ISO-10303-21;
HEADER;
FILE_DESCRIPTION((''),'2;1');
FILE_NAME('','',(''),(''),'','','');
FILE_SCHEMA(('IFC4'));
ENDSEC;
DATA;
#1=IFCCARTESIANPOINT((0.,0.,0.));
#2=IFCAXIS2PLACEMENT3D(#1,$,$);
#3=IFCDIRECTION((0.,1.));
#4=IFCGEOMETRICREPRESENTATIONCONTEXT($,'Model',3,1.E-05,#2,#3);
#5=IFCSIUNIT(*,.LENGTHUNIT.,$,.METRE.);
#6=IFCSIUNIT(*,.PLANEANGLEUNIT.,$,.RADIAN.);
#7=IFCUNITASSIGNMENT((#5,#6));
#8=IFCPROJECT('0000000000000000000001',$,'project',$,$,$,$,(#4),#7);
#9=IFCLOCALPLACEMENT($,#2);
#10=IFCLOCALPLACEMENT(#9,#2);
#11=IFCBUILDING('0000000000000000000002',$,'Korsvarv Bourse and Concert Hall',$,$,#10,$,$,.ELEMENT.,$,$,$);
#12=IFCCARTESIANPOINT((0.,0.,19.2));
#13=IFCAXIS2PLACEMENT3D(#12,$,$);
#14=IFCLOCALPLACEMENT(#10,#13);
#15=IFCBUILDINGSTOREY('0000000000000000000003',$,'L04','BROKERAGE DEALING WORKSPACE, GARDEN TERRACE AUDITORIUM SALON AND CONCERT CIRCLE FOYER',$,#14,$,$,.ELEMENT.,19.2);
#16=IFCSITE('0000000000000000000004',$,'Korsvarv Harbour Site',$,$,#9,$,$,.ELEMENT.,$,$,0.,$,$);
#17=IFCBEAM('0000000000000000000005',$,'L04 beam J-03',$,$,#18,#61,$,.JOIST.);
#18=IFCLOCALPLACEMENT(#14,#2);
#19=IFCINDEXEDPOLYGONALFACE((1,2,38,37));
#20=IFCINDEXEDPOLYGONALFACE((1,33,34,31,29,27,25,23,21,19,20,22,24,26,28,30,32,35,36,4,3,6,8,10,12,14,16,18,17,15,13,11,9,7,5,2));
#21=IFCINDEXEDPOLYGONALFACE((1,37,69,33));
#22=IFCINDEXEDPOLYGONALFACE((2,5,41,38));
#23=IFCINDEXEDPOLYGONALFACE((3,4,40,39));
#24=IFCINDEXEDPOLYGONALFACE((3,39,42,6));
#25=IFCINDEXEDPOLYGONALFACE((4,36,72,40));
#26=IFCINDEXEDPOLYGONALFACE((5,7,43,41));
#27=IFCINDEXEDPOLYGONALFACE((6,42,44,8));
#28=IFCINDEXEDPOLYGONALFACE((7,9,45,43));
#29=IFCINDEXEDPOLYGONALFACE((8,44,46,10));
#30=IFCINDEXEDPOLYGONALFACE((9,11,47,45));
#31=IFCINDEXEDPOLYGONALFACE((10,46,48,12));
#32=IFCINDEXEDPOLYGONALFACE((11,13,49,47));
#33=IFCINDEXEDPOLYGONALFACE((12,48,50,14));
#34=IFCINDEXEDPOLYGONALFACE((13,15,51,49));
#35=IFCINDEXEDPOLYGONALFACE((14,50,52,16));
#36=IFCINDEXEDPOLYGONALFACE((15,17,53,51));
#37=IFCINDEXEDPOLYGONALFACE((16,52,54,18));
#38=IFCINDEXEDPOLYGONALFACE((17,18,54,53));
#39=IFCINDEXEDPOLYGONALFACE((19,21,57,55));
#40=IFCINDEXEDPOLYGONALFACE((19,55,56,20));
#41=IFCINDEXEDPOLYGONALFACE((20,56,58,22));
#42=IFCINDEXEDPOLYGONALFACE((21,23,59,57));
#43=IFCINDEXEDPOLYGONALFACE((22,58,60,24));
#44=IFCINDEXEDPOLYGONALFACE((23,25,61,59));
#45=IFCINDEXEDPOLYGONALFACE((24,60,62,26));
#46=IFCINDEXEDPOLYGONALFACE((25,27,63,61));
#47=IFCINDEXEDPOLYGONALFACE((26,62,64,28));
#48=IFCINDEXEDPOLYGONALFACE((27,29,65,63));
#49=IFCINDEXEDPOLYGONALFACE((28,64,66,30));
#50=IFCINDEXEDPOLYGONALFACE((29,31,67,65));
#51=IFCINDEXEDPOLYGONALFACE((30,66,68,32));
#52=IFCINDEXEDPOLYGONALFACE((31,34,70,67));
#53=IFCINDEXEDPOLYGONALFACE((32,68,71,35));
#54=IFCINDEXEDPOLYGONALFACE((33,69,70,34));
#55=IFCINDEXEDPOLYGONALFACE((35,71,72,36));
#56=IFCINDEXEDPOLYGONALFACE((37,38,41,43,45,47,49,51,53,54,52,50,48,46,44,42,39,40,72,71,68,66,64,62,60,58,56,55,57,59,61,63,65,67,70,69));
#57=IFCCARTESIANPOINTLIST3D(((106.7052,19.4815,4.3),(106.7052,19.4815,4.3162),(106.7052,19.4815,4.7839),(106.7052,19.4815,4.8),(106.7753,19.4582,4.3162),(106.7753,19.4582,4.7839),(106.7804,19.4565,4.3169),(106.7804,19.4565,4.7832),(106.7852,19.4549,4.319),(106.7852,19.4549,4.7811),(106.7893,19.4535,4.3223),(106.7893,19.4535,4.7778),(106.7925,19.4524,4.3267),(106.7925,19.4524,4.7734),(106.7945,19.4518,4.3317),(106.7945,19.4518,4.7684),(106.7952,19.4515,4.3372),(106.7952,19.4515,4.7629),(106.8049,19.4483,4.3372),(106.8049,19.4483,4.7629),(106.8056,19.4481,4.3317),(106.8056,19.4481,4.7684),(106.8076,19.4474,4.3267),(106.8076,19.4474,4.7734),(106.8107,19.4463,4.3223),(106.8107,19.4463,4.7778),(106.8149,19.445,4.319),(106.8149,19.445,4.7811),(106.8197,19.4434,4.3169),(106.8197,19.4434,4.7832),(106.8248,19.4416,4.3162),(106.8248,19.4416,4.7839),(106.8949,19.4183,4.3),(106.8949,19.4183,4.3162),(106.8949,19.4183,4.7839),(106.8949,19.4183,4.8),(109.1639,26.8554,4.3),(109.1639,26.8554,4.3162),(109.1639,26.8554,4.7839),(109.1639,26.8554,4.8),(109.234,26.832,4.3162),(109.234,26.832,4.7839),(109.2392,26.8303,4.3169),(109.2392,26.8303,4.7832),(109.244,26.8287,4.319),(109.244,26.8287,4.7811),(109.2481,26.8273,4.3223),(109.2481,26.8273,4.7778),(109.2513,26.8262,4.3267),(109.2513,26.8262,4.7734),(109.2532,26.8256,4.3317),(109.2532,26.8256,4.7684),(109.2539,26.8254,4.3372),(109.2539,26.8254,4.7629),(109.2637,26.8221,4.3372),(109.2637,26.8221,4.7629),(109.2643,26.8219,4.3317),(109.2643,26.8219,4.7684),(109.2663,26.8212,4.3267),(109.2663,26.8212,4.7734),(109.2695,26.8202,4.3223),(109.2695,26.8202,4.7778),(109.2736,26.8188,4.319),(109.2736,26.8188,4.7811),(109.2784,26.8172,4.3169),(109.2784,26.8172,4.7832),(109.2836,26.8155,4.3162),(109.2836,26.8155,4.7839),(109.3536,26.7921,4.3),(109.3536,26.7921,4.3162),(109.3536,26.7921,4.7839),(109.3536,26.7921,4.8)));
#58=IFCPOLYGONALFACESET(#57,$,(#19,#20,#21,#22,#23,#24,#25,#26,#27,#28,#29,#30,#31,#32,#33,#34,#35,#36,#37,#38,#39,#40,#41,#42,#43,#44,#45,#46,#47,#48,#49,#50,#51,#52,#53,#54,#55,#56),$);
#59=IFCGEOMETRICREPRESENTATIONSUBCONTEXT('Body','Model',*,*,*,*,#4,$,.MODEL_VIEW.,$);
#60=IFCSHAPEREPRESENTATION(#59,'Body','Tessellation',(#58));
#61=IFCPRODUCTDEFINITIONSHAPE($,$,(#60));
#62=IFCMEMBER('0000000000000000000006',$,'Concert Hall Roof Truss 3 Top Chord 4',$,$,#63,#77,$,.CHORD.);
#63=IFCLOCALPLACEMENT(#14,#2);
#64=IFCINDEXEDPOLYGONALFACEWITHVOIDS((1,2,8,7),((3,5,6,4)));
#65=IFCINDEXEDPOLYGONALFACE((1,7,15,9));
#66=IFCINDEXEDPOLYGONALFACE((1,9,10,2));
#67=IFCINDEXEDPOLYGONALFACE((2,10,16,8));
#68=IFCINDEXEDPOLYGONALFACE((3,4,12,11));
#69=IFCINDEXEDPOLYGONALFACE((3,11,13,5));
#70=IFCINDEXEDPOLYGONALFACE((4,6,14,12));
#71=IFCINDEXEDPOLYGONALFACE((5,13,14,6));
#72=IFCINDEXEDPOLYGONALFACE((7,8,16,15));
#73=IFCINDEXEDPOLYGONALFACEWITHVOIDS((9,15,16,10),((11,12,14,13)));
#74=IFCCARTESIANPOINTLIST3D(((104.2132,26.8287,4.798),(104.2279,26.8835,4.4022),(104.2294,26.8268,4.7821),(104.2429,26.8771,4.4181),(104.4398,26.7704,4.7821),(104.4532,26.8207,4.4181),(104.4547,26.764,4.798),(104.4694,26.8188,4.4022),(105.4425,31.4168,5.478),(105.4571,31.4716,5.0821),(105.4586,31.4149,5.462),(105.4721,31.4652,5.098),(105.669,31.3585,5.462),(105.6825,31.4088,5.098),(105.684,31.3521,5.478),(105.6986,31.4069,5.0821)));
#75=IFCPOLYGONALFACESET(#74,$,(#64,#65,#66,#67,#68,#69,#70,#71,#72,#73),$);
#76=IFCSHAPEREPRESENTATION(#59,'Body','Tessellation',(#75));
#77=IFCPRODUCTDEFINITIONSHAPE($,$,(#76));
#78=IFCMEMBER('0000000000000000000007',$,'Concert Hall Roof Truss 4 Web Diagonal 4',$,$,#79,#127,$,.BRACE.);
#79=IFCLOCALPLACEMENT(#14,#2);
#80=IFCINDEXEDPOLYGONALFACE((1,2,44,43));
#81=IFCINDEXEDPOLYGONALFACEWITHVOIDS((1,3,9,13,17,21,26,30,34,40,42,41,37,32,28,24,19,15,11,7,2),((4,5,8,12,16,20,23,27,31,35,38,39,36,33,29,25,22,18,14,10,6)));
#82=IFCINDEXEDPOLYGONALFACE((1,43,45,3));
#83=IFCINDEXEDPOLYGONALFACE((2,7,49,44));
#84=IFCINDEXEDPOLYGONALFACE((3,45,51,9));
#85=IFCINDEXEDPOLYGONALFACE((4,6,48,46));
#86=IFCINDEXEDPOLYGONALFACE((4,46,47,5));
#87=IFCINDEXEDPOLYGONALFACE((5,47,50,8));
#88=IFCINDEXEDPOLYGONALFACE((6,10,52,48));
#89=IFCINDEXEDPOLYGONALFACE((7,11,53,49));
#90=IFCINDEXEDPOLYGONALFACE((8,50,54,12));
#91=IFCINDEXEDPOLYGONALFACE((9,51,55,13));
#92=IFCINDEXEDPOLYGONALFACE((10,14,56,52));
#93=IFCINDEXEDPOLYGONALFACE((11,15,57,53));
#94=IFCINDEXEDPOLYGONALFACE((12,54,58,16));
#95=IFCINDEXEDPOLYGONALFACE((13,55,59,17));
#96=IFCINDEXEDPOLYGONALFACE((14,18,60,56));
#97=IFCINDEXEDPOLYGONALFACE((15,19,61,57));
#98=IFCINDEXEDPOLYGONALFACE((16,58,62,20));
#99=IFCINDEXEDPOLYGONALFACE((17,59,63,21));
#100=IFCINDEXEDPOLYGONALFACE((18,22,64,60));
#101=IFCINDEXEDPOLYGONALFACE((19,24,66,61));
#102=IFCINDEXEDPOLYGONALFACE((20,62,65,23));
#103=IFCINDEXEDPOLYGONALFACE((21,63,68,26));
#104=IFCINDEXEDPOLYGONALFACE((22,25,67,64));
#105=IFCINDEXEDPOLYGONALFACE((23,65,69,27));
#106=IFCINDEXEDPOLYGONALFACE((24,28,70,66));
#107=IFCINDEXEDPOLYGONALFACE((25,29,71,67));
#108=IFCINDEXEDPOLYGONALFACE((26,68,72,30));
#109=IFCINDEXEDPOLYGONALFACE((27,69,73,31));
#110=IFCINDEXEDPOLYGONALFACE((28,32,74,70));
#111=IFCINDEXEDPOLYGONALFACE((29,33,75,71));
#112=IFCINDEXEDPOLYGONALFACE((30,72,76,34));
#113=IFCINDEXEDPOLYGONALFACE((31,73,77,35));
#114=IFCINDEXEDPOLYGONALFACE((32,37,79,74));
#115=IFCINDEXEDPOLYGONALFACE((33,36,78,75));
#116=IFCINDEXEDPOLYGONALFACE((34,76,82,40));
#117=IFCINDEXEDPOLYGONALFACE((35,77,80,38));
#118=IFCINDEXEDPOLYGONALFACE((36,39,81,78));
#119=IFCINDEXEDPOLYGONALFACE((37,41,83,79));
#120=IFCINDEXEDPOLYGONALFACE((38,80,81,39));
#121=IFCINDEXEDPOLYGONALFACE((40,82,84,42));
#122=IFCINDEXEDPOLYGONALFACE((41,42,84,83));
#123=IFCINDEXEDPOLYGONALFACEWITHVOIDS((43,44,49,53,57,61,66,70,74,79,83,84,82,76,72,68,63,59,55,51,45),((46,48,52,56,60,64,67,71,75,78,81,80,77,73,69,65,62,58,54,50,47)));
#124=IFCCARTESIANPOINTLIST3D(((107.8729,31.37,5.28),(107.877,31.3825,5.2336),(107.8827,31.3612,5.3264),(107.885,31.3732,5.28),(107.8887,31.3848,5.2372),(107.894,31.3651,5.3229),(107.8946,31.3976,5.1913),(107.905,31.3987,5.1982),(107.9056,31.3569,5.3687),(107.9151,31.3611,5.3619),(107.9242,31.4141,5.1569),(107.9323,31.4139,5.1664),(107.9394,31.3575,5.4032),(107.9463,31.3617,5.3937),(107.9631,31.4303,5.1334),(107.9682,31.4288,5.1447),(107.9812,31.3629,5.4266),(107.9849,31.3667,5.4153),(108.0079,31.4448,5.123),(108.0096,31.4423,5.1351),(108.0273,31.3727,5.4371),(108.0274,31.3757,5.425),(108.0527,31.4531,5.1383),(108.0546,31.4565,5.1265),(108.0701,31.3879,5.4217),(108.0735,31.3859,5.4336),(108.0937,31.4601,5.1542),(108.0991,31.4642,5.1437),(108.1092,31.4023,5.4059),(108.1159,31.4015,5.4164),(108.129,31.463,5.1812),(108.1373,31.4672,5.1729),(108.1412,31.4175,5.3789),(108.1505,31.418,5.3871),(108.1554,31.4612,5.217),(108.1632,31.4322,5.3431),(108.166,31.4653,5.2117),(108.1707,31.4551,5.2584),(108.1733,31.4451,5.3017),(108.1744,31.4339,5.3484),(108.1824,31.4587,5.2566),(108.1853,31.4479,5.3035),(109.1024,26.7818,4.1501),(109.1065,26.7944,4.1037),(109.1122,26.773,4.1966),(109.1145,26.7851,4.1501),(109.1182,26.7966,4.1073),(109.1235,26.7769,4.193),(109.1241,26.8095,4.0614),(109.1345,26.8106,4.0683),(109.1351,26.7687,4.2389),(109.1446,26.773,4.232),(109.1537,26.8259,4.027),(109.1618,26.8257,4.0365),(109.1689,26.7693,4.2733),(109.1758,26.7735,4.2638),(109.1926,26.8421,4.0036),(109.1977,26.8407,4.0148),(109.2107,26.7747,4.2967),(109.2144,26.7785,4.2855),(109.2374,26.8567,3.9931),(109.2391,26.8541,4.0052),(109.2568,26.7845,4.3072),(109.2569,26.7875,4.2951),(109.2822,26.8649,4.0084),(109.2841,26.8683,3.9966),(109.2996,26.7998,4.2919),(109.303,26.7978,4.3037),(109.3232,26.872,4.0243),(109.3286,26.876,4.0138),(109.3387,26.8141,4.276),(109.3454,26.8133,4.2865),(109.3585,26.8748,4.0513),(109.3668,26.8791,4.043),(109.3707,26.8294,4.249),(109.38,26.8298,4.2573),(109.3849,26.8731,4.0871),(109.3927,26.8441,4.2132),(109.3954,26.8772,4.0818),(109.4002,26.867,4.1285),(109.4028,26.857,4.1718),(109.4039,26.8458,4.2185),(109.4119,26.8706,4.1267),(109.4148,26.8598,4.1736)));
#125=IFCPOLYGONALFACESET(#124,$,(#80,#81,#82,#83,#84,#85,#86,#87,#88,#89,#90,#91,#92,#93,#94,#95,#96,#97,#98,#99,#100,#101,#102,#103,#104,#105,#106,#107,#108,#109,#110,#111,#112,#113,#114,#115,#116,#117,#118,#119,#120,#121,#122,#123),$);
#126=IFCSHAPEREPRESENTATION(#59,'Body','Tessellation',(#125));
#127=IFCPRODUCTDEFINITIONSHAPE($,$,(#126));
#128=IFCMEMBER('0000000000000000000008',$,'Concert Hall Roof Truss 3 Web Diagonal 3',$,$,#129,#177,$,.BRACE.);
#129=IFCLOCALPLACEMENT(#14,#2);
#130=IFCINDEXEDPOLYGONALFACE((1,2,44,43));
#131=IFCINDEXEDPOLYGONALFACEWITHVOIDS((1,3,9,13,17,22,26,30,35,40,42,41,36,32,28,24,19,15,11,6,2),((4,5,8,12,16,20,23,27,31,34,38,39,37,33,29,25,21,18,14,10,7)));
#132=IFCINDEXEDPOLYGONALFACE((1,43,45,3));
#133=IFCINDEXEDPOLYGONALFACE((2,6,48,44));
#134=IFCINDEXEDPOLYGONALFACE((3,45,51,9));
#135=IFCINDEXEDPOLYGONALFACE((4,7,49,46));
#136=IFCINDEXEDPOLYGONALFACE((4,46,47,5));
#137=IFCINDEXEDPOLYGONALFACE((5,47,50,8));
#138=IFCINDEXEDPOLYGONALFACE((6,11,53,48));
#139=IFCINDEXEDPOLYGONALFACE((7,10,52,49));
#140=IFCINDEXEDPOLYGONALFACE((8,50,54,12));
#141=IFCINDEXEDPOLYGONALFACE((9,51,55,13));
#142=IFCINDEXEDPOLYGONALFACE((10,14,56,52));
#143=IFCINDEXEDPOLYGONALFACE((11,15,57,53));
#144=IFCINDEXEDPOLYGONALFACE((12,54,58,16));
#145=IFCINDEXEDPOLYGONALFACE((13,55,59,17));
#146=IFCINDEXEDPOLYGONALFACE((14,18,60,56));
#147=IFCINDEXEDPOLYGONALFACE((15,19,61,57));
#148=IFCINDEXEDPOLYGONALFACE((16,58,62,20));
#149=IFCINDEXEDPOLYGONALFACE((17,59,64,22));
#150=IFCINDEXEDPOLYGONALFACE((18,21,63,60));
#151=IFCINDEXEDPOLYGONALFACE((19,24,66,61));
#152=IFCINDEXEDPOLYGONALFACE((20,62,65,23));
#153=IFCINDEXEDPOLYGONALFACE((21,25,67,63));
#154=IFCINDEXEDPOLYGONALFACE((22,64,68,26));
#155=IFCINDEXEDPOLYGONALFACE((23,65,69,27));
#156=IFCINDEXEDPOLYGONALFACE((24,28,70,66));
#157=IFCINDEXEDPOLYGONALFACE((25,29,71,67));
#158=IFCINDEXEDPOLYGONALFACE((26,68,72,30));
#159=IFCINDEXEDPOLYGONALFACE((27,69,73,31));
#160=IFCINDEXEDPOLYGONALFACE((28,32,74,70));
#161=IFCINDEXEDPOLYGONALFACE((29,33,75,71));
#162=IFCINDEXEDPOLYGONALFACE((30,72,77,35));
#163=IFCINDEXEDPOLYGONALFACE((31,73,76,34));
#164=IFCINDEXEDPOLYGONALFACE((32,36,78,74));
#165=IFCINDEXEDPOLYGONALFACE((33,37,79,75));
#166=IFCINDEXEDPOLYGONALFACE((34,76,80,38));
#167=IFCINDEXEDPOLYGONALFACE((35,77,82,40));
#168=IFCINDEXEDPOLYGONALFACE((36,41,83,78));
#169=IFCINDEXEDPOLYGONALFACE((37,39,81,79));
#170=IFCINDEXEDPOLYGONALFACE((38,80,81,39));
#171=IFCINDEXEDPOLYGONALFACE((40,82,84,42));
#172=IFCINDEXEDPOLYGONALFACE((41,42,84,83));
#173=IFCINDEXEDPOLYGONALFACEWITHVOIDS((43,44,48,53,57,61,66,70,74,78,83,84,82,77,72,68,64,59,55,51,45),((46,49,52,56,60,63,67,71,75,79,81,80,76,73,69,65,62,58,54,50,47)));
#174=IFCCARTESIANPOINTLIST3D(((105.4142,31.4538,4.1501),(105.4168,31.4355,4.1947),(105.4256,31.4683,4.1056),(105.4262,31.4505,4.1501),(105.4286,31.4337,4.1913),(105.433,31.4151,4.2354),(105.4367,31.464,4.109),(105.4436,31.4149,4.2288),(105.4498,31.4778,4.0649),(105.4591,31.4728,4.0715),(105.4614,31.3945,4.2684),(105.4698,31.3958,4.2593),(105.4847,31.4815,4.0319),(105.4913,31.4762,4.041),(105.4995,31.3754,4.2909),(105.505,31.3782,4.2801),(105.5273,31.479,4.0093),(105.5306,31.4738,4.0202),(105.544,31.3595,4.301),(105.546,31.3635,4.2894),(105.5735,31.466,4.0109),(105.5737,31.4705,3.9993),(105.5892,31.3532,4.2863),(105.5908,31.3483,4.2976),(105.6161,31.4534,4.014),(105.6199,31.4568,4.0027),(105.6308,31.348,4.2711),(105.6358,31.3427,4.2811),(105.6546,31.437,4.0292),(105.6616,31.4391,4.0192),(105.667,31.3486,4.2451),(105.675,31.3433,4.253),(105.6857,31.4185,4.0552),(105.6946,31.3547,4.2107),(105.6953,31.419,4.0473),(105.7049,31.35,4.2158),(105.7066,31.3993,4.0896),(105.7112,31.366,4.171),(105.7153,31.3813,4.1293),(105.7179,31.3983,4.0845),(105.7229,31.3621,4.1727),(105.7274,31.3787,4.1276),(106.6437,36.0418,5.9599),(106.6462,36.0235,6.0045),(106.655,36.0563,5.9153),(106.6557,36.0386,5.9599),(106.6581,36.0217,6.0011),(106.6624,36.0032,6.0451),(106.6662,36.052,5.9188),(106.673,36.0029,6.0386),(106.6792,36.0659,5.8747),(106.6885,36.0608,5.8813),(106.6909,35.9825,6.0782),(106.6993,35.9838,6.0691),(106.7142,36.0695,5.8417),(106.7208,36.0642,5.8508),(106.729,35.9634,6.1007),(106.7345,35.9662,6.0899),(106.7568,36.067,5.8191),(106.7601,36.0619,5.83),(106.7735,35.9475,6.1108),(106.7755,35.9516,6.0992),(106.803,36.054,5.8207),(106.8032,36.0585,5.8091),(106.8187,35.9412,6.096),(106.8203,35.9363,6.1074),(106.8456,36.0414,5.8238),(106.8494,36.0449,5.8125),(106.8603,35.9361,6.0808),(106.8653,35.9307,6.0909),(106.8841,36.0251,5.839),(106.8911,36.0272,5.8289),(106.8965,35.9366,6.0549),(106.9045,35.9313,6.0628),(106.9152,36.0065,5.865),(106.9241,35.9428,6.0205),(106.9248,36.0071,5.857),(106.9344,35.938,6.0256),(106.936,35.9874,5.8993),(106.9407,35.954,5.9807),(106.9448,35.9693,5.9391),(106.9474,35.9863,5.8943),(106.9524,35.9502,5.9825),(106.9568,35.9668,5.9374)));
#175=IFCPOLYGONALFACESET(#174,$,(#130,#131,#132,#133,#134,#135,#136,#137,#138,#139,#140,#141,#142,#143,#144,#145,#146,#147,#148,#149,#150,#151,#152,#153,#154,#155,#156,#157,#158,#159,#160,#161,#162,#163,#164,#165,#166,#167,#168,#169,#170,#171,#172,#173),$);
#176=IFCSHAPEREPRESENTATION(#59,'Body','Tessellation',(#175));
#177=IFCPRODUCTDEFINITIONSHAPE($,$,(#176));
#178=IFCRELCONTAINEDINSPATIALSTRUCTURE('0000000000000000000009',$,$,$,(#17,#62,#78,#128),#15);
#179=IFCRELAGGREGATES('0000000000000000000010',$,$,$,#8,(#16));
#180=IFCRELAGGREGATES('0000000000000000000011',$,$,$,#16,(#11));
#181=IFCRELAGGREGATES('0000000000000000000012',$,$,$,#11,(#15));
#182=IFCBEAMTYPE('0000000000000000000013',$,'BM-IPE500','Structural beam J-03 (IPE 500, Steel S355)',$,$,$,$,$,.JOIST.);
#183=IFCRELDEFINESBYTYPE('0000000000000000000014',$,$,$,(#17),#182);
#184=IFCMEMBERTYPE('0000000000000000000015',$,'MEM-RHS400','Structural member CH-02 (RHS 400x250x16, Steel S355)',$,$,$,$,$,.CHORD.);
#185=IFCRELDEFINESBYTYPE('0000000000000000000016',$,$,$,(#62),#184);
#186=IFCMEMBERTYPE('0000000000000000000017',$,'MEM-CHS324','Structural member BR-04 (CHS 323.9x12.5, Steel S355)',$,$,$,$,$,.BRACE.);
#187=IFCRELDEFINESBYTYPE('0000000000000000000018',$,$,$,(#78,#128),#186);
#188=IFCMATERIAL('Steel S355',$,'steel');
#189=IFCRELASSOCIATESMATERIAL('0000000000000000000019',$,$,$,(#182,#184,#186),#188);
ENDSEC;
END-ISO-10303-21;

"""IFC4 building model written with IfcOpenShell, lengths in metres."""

from ifc_helpers import new_model, si_unit, direction, frame, origin, origin_2d, place, context, subcontext, project, spatial, hollow_rectangle, hollow_circle, i_section, extrude, source, transform, mapped, material, material_profile, profile_set, type_object, element, save


model = new_model("IFC4")

# Units and contexts
model_context = context("Model", 3, precision=1e-05, world=origin(), true_north=direction((0.0, 1.0)))
body_context = subcontext(model_context, "Body", "Model", "MODEL_VIEW")
ifc_project = project(units=[si_unit("LENGTHUNIT", "METRE"), si_unit("PLANEANGLEUNIT", "RADIAN")], contexts=[model_context])

# Site, building, storey
site_placement = place(None, origin())
site = spatial("IfcSite", under=ifc_project, at=site_placement, Name="Korsvarv Harbour Site", CompositionType="ELEMENT", RefElevation=0.0)
building_placement = place(site_placement, origin())
building = spatial("IfcBuilding", under=site, at=building_placement, Name="Korsvarv Bourse and Concert Hall", CompositionType="ELEMENT")
storey_placement = place(building_placement, frame((0.0, 0.0, 19.2)))
storey = spatial("IfcBuildingStorey", under=building, at=storey_placement, Name="L04", Description="BROKERAGE DEALING WORKSPACE, GARDEN TERRACE AUDITORIUM SALON AND CONCERT CIRCLE FOYER", CompositionType="ELEMENT", Elevation=19.2)

# Beam
ifc_material_1 = material(Name="Steel S355", Category="steel")
ifc_material_profile_1 = material_profile(ifc_material_1, i_section(OverallWidth=0.2, OverallDepth=0.5, WebThickness=0.0103, FlangeThickness=0.0161, FilletRadius=0.021, at=origin_2d()), Name="IPE 500")
ifc_profile_set_1 = profile_set([ifc_material_profile_1], Name="Steel S355")
beam_type_1 = type_object("IfcBeamType", Name="BM-IPE500", Description="Structural beam J-03 (IPE 500, Steel S355)", PredefinedType="JOIST", material=ifc_profile_set_1)
shared_shape_1 = source(origin(), body_context, "Body", "SweptSolid", [
    extrude(i_section(OverallWidth=0.2, OverallDepth=0.5, WebThickness=0.0103, FlangeThickness=0.0161, FilletRadius=0.021, at=origin_2d()), origin(), (0.0, 0.0, 1.0), 7.7729),
])
beam_1_placement = place(storey_placement, frame((109.2588, 26.8237, 4.55), z_axis=(-0.316322, -0.948652, 0.0), x_axis=(0.948652, -0.316322, 0.0)))
element("IfcBeam", 1, at=beam_1_placement, inside=storey, type_object=beam_type_1, Name="L04 beam J-03", PredefinedType="JOIST", context=body_context, shape_type="MappedRepresentation", body=[
    mapped(shared_shape_1, transform((0.0, 0.0, 0.0), scale=1.0)),
])

# Members
ifc_material_profile_2 = material_profile(ifc_material_1, hollow_rectangle(XDim=0.25, YDim=0.3999, WallThickness=0.0161, at=origin_2d()), Name="RHS 400x250x16")
ifc_profile_set_2 = profile_set([ifc_material_profile_2], Name="Steel S355")
member_type_1 = type_object("IfcMemberType", Name="MEM-RHS400", Description="Structural member CH-02 (RHS 400x250x16, Steel S355)", PredefinedType="CHORD", material=ifc_profile_set_2)
shared_shape_2 = source(origin(), body_context, "Body", "SweptSolid", [
    extrude(hollow_rectangle(XDim=0.25, YDim=0.3999, WallThickness=0.0161, at=origin_2d()), origin(), (0.0, 0.0, 1.0), 4.7983),
])
member_1_placement = place(storey_placement, frame((105.5706, 31.4119, 5.28), z_axis=(-0.25618, -0.956186, -0.141701), x_axis=(0.965933, -0.258792, 0.0)))
element("IfcMember", 2, at=member_1_placement, inside=storey, type_object=member_type_1, Name="Concert Hall Roof Truss 3 Top Chord 4", PredefinedType="CHORD", context=body_context, shape_type="MappedRepresentation", body=[
    mapped(shared_shape_2, transform((0.0, 0.0, 0.0), scale=1.0)),
])
ifc_material_profile_3 = material_profile(ifc_material_1, hollow_circle(Radius=0.1619, WallThickness=0.0125, at=origin_2d()), Name="CHS 323.9x12.5")
ifc_profile_set_3 = profile_set([ifc_material_profile_3], Name="Steel S355")
member_type_2 = type_object("IfcMemberType", Name="MEM-CHS324", Description="Structural member BR-04 (CHS 323.9x12.5, Steel S355)", PredefinedType="BRACE", material=ifc_profile_set_3)
shared_shape_3 = source(origin(), body_context, "Body", "SweptSolid", [
    extrude(hollow_circle(Radius=0.1619, WallThickness=0.0125, at=origin_2d()), origin(), (0.0, 0.0, 1.0), 4.8826),
])
member_2_placement = place(storey_placement, frame((109.2588, 26.8237, 4.1501), z_axis=(-0.251814, 0.939701, 0.231413), x_axis=(-0.96592, -0.25884, 0.0)))
element("IfcMember", 3, at=member_2_placement, inside=storey, type_object=member_type_2, Name="Concert Hall Roof Truss 4 Web Diagonal 4", PredefinedType="BRACE", context=body_context, shape_type="MappedRepresentation", body=[
    mapped(shared_shape_3, transform((0.0, 0.0, 0.0), scale=1.0)),
])
shared_shape_4 = source(origin(), body_context, "Body", "SweptSolid", [
    extrude(hollow_circle(Radius=0.1619, WallThickness=0.0125, at=origin_2d()), origin(), (0.0, 0.0, 1.0), 5.083),
])
member_3_placement = place(storey_placement, frame((105.5706, 31.4119, 4.1501), z_axis=(0.241878, 0.902623, 0.356044), x_axis=(-0.96592, 0.25884, 0.0)))
element("IfcMember", 4, at=member_3_placement, inside=storey, type_object=member_type_2, Name="Concert Hall Roof Truss 3 Web Diagonal 3", PredefinedType="BRACE", context=body_context, shape_type="MappedRepresentation", body=[
    mapped(shared_shape_4, transform((0.0, 0.0, 0.0), scale=1.0)),
])

save(model, "model.ifc")
